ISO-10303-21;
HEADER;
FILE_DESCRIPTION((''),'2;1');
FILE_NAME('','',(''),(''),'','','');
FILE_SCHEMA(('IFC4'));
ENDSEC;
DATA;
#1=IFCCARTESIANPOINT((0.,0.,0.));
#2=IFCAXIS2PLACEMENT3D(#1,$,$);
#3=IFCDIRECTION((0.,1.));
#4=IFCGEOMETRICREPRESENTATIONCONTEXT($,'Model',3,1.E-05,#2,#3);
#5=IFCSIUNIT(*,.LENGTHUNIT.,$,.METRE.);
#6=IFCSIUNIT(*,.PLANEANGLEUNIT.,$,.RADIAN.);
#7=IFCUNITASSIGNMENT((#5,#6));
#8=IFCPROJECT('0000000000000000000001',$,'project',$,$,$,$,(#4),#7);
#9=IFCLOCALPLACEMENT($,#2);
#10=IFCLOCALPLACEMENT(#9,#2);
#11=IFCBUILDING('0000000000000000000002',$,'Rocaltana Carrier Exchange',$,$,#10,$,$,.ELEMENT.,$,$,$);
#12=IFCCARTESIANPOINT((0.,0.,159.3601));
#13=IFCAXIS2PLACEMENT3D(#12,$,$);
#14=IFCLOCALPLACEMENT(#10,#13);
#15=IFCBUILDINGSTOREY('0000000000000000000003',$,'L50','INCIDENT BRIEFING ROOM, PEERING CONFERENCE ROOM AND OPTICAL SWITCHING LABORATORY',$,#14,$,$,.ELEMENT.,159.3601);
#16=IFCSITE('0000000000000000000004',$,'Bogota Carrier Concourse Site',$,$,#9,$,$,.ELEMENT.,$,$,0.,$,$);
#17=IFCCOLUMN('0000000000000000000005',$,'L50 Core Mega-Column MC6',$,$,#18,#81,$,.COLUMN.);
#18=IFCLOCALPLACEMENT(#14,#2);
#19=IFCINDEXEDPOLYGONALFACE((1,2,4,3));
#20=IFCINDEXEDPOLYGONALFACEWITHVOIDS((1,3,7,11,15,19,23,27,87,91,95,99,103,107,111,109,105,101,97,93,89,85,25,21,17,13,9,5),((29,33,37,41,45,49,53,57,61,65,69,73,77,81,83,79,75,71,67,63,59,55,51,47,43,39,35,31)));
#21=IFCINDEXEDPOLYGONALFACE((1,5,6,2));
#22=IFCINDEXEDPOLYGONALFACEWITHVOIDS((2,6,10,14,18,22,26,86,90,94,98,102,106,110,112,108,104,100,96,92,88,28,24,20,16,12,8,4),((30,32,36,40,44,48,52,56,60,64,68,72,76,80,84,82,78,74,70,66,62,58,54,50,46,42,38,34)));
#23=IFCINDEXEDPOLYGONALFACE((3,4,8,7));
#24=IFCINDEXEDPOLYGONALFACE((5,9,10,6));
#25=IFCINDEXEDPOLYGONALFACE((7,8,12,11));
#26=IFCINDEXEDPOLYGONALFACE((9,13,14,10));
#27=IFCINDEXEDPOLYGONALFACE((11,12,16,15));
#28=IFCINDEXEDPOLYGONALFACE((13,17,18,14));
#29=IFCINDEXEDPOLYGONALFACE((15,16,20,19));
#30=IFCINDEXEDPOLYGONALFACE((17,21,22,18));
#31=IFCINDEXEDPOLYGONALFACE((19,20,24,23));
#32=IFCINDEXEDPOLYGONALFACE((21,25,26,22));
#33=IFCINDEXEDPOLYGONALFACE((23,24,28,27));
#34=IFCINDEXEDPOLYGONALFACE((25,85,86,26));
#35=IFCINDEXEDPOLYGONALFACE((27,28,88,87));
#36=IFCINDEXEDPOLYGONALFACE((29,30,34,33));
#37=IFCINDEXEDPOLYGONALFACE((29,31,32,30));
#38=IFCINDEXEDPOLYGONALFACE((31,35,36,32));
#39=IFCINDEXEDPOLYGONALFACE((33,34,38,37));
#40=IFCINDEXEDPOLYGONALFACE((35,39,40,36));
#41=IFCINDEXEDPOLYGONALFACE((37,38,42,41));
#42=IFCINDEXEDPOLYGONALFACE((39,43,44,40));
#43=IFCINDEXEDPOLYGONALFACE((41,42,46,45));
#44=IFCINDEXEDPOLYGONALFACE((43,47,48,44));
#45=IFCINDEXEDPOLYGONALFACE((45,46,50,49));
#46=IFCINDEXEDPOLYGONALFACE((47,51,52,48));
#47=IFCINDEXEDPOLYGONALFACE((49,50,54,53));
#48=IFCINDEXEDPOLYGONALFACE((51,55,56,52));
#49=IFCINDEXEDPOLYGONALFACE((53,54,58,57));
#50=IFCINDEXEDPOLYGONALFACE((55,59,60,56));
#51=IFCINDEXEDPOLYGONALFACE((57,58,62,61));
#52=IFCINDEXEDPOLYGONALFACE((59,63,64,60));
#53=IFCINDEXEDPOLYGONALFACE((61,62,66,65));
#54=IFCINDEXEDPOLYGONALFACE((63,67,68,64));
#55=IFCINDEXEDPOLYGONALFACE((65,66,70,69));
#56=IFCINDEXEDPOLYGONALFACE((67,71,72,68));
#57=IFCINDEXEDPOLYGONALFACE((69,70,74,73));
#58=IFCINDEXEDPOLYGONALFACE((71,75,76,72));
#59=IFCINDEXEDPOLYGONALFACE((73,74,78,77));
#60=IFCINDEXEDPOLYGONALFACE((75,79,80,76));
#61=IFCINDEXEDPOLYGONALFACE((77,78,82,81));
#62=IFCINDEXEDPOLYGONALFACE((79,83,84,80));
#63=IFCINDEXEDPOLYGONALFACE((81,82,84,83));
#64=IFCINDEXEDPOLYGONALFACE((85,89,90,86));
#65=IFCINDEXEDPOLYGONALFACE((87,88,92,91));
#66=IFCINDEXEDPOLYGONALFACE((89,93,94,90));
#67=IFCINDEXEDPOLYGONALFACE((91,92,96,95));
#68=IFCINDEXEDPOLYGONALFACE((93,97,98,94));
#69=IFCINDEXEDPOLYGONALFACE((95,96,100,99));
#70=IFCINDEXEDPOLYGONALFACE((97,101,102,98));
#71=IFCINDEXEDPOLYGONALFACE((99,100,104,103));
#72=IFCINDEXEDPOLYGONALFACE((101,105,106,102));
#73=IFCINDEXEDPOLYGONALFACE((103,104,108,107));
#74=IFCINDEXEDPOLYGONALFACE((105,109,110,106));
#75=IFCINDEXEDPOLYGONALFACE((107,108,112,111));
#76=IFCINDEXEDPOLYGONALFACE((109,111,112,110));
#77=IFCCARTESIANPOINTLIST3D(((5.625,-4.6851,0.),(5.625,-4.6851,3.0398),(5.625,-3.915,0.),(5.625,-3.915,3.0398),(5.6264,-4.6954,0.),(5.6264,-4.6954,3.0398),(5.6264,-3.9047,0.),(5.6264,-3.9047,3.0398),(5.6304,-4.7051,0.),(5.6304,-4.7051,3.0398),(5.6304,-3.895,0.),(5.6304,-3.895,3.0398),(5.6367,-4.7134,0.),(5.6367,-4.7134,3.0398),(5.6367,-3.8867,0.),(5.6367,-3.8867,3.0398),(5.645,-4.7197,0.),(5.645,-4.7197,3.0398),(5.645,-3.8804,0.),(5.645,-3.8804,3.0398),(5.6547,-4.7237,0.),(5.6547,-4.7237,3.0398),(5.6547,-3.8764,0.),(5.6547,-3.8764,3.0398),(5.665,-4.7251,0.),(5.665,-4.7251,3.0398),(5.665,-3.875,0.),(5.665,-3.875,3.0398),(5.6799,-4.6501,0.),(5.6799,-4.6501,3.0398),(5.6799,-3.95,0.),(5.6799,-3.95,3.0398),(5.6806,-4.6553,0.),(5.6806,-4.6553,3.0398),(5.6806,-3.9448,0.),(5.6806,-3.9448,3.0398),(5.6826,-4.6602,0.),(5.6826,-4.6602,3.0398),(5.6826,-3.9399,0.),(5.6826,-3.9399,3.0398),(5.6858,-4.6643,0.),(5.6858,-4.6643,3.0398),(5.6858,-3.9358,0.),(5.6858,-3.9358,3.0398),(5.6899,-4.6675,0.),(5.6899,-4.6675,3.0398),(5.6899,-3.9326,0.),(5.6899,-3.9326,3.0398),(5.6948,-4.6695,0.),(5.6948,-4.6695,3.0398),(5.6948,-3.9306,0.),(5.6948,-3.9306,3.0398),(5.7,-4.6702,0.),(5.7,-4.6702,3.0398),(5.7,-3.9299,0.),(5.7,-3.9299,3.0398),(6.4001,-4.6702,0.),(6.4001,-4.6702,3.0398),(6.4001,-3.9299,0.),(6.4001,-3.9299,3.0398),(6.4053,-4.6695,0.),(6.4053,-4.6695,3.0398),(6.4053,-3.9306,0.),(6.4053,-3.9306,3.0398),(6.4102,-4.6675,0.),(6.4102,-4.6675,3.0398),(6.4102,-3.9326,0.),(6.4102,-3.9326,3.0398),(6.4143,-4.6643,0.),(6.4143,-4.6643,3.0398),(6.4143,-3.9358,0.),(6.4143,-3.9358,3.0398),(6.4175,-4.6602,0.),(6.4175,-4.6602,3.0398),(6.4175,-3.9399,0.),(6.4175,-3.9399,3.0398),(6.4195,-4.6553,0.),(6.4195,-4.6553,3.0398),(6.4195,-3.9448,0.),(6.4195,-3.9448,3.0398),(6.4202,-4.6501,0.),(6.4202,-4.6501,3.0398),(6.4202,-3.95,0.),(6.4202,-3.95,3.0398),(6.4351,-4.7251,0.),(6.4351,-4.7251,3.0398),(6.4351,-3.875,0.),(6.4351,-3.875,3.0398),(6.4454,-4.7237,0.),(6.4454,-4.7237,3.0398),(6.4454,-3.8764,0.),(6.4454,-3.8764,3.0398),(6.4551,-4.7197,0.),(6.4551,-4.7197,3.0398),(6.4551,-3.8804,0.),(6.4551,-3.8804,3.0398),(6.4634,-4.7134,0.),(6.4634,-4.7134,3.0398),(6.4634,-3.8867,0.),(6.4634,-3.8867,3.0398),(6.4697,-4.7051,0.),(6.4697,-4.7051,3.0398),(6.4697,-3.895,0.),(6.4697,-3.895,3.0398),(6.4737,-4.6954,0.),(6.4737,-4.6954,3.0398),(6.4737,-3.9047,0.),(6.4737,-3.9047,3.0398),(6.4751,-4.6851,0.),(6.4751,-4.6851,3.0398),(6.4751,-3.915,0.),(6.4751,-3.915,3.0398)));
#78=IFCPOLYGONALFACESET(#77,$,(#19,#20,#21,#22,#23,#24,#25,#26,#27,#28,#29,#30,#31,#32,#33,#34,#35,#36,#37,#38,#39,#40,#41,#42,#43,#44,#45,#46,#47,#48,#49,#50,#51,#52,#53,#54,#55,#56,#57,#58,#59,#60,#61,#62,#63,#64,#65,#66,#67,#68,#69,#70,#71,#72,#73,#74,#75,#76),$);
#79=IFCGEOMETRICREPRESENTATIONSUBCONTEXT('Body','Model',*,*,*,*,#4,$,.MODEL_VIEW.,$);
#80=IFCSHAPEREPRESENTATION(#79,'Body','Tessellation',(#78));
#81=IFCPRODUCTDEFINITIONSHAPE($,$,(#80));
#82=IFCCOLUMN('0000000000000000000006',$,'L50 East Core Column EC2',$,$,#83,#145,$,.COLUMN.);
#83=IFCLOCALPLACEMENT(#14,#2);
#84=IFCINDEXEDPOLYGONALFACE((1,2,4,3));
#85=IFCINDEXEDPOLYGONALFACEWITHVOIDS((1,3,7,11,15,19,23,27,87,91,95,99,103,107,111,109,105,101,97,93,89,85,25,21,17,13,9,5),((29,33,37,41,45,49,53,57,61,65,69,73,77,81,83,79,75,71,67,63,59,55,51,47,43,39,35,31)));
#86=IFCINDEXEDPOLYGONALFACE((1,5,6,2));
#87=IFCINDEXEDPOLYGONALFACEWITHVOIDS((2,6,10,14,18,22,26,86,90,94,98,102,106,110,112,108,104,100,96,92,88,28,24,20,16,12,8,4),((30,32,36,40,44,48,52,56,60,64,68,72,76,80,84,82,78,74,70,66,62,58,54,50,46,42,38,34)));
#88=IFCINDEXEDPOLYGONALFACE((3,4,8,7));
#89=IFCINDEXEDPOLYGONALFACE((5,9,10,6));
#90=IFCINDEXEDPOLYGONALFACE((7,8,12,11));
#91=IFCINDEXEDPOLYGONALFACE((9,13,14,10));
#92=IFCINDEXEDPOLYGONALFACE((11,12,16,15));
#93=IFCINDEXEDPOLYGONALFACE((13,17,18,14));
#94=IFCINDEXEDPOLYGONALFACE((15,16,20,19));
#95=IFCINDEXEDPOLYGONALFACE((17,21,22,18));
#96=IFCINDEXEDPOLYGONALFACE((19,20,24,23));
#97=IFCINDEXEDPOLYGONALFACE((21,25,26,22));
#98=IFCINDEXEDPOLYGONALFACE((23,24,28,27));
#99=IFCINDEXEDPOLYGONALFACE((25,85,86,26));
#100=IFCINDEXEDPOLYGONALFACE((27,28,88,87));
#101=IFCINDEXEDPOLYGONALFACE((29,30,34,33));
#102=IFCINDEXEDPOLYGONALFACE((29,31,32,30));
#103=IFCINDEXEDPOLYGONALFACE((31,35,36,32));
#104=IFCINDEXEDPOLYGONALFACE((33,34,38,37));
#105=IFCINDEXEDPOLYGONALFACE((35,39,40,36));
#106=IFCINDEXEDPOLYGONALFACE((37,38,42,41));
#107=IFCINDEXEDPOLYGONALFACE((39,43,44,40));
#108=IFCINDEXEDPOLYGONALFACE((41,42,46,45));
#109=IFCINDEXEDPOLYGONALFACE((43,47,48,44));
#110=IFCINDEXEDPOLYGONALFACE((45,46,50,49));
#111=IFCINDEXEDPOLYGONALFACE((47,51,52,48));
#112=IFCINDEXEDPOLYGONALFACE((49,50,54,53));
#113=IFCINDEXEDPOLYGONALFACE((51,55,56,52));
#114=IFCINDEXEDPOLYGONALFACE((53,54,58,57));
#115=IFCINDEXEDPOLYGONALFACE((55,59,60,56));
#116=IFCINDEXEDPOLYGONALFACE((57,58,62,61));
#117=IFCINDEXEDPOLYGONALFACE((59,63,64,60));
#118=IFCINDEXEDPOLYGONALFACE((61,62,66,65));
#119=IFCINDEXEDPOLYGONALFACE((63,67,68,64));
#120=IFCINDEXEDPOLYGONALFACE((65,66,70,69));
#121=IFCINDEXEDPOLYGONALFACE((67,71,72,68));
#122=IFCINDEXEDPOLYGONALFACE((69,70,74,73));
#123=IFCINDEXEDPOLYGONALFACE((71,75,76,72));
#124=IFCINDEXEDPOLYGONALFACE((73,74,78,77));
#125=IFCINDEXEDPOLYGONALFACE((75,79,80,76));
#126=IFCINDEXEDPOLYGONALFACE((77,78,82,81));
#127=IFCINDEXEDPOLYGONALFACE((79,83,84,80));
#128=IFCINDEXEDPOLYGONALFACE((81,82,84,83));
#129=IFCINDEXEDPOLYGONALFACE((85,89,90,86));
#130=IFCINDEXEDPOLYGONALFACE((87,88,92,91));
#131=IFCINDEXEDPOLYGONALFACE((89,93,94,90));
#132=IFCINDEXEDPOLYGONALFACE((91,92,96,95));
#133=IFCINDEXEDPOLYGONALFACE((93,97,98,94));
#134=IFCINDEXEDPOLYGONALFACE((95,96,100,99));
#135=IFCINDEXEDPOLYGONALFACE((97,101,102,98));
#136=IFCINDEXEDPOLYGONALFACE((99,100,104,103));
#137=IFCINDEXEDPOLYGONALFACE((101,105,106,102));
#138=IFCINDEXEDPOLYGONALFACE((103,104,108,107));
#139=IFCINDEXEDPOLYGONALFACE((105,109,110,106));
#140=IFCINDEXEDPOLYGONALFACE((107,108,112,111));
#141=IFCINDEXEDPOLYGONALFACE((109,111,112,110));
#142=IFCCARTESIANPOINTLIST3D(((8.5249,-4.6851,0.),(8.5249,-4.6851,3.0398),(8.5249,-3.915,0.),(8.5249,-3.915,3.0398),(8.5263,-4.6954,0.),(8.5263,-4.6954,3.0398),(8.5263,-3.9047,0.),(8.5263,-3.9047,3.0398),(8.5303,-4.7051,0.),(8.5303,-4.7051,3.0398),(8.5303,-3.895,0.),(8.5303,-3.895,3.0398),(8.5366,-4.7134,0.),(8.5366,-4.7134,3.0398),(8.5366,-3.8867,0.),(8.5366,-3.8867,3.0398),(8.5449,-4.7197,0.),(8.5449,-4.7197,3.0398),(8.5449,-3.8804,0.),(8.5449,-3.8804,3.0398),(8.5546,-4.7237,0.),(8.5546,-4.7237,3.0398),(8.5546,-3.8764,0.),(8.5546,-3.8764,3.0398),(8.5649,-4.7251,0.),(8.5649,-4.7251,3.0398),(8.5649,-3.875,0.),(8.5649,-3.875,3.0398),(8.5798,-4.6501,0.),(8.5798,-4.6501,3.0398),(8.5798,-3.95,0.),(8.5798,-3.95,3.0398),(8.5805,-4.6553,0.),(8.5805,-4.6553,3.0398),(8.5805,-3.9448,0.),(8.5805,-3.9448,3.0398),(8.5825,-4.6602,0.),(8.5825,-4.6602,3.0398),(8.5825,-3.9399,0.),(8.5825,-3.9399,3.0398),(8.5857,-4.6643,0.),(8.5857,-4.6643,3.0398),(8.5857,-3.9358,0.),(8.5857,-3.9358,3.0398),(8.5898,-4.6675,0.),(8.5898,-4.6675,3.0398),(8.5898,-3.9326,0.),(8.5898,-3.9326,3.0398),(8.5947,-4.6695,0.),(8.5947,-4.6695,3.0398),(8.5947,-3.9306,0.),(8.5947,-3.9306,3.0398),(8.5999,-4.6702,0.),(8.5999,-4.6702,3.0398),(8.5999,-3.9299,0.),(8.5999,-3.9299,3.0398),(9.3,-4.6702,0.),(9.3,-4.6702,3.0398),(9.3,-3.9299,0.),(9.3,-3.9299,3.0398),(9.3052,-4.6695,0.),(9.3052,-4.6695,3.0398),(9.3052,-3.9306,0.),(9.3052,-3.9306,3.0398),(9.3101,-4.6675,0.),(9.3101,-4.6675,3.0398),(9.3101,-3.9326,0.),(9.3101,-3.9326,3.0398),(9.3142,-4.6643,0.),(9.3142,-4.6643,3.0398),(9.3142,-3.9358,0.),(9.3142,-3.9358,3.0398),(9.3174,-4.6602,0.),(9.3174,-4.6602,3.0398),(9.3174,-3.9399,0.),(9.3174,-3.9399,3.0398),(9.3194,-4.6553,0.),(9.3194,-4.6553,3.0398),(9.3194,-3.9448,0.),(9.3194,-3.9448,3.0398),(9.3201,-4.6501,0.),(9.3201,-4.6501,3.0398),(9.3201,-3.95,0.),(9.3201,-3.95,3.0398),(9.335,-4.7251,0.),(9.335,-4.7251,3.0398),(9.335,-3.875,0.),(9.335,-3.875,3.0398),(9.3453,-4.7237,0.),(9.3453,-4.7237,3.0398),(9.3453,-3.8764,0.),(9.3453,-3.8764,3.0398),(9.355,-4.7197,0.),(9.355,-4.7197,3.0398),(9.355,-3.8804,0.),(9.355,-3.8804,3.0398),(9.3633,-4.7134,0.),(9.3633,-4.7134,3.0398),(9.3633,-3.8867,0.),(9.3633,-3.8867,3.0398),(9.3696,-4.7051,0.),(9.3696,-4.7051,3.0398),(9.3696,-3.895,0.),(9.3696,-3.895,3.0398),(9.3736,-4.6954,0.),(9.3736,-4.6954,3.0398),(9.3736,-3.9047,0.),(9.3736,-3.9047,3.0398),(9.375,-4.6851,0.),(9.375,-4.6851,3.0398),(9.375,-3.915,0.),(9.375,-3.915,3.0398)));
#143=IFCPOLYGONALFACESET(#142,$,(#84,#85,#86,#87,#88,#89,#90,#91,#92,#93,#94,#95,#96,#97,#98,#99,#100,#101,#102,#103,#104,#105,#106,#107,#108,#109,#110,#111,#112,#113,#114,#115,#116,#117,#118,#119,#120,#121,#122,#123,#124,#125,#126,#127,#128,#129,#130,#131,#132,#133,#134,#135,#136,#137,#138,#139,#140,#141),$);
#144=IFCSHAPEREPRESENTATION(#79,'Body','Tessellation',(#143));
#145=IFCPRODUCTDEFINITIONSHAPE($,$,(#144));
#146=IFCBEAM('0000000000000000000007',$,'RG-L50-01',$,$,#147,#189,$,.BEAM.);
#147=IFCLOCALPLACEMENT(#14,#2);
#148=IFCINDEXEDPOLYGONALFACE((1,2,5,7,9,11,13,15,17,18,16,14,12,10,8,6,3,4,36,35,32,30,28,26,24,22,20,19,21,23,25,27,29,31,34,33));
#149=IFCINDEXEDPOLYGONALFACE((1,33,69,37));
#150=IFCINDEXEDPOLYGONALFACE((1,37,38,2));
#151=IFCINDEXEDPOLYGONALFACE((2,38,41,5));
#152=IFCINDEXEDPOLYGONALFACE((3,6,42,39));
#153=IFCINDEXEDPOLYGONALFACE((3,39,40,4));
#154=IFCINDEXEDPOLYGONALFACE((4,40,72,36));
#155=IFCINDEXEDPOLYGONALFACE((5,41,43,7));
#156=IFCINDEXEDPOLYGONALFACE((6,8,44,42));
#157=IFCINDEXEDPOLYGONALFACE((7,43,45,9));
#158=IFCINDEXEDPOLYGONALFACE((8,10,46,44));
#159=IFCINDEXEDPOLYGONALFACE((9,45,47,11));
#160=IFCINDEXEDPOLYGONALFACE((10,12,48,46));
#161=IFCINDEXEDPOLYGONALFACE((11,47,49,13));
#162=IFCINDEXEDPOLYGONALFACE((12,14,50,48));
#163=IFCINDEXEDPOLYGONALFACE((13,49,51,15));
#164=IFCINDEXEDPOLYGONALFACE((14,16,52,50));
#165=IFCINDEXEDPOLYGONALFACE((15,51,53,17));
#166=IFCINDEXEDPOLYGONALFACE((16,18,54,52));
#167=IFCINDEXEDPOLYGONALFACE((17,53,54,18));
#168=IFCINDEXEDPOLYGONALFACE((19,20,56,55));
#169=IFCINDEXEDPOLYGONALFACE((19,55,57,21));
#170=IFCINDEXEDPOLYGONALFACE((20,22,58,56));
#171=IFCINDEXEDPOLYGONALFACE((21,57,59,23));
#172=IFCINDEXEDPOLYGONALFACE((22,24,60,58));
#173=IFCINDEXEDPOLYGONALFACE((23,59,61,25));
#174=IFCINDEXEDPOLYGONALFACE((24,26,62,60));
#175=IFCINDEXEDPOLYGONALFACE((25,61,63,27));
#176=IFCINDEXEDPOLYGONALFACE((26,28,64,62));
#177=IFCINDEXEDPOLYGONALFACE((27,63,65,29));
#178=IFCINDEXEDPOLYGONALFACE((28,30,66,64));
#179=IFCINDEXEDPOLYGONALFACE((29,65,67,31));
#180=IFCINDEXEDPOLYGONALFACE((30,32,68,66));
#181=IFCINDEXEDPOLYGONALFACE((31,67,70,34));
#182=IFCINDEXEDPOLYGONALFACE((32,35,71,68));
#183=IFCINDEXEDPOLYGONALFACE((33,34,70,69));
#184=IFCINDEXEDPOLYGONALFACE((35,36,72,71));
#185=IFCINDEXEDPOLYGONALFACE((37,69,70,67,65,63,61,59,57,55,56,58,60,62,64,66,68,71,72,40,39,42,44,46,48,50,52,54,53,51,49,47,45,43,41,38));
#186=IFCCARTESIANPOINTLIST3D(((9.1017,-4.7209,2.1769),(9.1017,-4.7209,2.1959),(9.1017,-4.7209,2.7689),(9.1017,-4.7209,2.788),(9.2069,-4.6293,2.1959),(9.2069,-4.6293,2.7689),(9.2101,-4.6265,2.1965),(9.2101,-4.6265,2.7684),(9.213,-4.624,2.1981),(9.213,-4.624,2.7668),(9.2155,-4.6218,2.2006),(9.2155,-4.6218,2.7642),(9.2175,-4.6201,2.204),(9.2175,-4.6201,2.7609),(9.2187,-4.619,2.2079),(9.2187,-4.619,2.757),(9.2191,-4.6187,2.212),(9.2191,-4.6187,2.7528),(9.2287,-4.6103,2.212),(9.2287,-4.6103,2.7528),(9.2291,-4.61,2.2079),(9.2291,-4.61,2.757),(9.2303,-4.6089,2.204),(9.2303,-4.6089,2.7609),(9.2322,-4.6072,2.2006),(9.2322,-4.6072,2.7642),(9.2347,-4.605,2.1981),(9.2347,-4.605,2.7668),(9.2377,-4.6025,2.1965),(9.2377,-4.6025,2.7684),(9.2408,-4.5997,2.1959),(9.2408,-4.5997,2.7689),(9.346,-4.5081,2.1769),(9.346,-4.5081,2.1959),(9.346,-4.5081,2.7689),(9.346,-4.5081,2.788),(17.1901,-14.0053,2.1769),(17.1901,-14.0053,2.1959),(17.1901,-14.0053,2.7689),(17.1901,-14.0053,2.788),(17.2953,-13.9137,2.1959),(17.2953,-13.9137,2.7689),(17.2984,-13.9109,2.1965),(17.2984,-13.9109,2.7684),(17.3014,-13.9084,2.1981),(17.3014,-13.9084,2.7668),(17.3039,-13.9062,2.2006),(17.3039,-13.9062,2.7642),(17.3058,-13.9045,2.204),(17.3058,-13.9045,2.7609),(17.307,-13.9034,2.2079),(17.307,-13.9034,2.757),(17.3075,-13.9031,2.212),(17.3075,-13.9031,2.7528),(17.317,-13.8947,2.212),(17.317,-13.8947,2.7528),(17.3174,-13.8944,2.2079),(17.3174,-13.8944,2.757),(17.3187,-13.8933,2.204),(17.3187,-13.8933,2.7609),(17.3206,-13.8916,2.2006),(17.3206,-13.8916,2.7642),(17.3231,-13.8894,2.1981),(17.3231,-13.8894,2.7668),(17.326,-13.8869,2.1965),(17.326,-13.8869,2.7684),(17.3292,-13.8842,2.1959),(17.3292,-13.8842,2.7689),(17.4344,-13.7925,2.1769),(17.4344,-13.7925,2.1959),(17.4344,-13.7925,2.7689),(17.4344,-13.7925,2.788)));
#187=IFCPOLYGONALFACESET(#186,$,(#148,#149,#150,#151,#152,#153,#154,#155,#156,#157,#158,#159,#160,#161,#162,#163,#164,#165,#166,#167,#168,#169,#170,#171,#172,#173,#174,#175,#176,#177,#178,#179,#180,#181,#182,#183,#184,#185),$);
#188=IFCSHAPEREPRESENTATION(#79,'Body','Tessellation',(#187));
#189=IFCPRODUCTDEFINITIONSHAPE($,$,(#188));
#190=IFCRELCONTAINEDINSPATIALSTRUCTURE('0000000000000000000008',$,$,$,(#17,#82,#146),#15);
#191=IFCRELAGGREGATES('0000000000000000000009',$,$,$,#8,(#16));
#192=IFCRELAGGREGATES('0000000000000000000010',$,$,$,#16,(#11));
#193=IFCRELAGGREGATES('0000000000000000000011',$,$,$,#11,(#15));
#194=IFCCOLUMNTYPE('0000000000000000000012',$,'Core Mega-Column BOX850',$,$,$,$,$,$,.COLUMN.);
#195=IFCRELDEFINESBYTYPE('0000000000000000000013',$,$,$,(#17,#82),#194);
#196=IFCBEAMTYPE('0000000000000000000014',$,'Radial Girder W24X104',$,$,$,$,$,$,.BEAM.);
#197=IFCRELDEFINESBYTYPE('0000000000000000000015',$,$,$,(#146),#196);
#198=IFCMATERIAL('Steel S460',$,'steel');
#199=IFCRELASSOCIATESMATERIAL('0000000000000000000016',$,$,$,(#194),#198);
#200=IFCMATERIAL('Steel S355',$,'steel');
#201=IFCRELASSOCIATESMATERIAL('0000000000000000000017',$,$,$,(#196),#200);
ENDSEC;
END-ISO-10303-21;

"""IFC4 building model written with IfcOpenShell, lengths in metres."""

from ifc_helpers import new_model, si_unit, direction, frame, origin, origin_2d, place, context, subcontext, project, spatial, hollow_rectangle, i_section, extrude, material, material_profile, profile_set, type_object, element, save


model = new_model("IFC4")

# Units and contexts
model_context = context("Model", 3, precision=1e-05, world=origin(), true_north=direction((0.0, 1.0)))
body_context = subcontext(model_context, "Body", "Model", "MODEL_VIEW")
ifc_project = project(units=[si_unit("LENGTHUNIT", "METRE"), si_unit("PLANEANGLEUNIT", "RADIAN")], contexts=[model_context])

# Site, building, storey
site_placement = place(None, origin())
site = spatial("IfcSite", under=ifc_project, at=site_placement, Name="Bogota Carrier Concourse Site", CompositionType="ELEMENT", RefElevation=0.0)
building_placement = place(site_placement, origin())
building = spatial("IfcBuilding", under=site, at=building_placement, Name="Rocaltana Carrier Exchange", CompositionType="ELEMENT")
storey_placement = place(building_placement, frame((0.0, 0.0, 159.3601)))
storey = spatial("IfcBuildingStorey", under=building, at=storey_placement, Name="L50", Description="INCIDENT BRIEFING ROOM, PEERING CONFERENCE ROOM AND OPTICAL SWITCHING LABORATORY", CompositionType="ELEMENT", Elevation=159.3601)

# Columns
ifc_material_1 = material(Name="Steel S460", Category="steel")
ifc_material_profile_1 = material_profile(ifc_material_1, hollow_rectangle(XDim=0.8501, YDim=0.8501, WallThickness=0.0549, InnerFilletRadius=0.02, OuterFilletRadius=0.04, at=origin_2d()), Name="BOX850X850X55")
ifc_profile_set_1 = profile_set([ifc_material_profile_1], Name="Steel S460")
column_type = type_object("IfcColumnType", Name="Core Mega-Column BOX850", PredefinedType="COLUMN", material=ifc_profile_set_1)
for number, where, z_axis, x_axis, name in (
    (1, (6.05, -4.3, 0.0), (0.0, 0.0, 1.0), (1.0, 0.0, 0.0), "L50 Core Mega-Column MC6"),
    (2, (8.95, -4.3, 0.0), (0.0, 0.0, 1.0), (1.0, 0.0, 0.0), "L50 East Core Column EC2"),
):
    element("IfcColumn", number, at=place(storey_placement, frame(where, z_axis=z_axis, x_axis=x_axis)), inside=storey, type_object=column_type, Name=name, PredefinedType="COLUMN", context=body_context, shape_type="SweptSolid", body=[
        extrude(hollow_rectangle(XDim=0.8501, YDim=0.8501, WallThickness=0.0549, InnerFilletRadius=0.02, OuterFilletRadius=0.04, at=origin_2d()), origin(), (0.0, 0.0, 1.0), 3.0398),
    ])

# Beam
ifc_material_2 = material(Name="Steel S355", Category="steel")
ifc_material_profile_2 = material_profile(ifc_material_2, i_section(OverallWidth=0.324, OverallDepth=0.6111, WebThickness=0.0127, FlangeThickness=0.019, FilletRadius=0.0161, at=origin_2d()), Name="W24X104")
ifc_profile_set_2 = profile_set([ifc_material_profile_2], Name="Steel S355")
beam_type = type_object("IfcBeamType", Name="Radial Girder W24X104", PredefinedType="BEAM", material=ifc_profile_set_2)
beam_1_placement = place(storey_placement, frame((9.2239, -4.6145, 2.4824), z_axis=(0.656871, -0.754003, 0.0), x_axis=(0.754003, 0.656871, 0.0)))
element("IfcBeam", 3, at=beam_1_placement, inside=storey, type_object=beam_type, Name="RG-L50-01", PredefinedType="BEAM", context=body_context, shape_type="SweptSolid", body=[
    extrude(i_section(OverallWidth=0.324, OverallDepth=0.6111, WebThickness=0.0127, FlangeThickness=0.019, FilletRadius=0.0161, at=origin_2d()), origin(), (0.0, 0.0, 1.0), 12.3135),
])

save(model, "model.ifc")
